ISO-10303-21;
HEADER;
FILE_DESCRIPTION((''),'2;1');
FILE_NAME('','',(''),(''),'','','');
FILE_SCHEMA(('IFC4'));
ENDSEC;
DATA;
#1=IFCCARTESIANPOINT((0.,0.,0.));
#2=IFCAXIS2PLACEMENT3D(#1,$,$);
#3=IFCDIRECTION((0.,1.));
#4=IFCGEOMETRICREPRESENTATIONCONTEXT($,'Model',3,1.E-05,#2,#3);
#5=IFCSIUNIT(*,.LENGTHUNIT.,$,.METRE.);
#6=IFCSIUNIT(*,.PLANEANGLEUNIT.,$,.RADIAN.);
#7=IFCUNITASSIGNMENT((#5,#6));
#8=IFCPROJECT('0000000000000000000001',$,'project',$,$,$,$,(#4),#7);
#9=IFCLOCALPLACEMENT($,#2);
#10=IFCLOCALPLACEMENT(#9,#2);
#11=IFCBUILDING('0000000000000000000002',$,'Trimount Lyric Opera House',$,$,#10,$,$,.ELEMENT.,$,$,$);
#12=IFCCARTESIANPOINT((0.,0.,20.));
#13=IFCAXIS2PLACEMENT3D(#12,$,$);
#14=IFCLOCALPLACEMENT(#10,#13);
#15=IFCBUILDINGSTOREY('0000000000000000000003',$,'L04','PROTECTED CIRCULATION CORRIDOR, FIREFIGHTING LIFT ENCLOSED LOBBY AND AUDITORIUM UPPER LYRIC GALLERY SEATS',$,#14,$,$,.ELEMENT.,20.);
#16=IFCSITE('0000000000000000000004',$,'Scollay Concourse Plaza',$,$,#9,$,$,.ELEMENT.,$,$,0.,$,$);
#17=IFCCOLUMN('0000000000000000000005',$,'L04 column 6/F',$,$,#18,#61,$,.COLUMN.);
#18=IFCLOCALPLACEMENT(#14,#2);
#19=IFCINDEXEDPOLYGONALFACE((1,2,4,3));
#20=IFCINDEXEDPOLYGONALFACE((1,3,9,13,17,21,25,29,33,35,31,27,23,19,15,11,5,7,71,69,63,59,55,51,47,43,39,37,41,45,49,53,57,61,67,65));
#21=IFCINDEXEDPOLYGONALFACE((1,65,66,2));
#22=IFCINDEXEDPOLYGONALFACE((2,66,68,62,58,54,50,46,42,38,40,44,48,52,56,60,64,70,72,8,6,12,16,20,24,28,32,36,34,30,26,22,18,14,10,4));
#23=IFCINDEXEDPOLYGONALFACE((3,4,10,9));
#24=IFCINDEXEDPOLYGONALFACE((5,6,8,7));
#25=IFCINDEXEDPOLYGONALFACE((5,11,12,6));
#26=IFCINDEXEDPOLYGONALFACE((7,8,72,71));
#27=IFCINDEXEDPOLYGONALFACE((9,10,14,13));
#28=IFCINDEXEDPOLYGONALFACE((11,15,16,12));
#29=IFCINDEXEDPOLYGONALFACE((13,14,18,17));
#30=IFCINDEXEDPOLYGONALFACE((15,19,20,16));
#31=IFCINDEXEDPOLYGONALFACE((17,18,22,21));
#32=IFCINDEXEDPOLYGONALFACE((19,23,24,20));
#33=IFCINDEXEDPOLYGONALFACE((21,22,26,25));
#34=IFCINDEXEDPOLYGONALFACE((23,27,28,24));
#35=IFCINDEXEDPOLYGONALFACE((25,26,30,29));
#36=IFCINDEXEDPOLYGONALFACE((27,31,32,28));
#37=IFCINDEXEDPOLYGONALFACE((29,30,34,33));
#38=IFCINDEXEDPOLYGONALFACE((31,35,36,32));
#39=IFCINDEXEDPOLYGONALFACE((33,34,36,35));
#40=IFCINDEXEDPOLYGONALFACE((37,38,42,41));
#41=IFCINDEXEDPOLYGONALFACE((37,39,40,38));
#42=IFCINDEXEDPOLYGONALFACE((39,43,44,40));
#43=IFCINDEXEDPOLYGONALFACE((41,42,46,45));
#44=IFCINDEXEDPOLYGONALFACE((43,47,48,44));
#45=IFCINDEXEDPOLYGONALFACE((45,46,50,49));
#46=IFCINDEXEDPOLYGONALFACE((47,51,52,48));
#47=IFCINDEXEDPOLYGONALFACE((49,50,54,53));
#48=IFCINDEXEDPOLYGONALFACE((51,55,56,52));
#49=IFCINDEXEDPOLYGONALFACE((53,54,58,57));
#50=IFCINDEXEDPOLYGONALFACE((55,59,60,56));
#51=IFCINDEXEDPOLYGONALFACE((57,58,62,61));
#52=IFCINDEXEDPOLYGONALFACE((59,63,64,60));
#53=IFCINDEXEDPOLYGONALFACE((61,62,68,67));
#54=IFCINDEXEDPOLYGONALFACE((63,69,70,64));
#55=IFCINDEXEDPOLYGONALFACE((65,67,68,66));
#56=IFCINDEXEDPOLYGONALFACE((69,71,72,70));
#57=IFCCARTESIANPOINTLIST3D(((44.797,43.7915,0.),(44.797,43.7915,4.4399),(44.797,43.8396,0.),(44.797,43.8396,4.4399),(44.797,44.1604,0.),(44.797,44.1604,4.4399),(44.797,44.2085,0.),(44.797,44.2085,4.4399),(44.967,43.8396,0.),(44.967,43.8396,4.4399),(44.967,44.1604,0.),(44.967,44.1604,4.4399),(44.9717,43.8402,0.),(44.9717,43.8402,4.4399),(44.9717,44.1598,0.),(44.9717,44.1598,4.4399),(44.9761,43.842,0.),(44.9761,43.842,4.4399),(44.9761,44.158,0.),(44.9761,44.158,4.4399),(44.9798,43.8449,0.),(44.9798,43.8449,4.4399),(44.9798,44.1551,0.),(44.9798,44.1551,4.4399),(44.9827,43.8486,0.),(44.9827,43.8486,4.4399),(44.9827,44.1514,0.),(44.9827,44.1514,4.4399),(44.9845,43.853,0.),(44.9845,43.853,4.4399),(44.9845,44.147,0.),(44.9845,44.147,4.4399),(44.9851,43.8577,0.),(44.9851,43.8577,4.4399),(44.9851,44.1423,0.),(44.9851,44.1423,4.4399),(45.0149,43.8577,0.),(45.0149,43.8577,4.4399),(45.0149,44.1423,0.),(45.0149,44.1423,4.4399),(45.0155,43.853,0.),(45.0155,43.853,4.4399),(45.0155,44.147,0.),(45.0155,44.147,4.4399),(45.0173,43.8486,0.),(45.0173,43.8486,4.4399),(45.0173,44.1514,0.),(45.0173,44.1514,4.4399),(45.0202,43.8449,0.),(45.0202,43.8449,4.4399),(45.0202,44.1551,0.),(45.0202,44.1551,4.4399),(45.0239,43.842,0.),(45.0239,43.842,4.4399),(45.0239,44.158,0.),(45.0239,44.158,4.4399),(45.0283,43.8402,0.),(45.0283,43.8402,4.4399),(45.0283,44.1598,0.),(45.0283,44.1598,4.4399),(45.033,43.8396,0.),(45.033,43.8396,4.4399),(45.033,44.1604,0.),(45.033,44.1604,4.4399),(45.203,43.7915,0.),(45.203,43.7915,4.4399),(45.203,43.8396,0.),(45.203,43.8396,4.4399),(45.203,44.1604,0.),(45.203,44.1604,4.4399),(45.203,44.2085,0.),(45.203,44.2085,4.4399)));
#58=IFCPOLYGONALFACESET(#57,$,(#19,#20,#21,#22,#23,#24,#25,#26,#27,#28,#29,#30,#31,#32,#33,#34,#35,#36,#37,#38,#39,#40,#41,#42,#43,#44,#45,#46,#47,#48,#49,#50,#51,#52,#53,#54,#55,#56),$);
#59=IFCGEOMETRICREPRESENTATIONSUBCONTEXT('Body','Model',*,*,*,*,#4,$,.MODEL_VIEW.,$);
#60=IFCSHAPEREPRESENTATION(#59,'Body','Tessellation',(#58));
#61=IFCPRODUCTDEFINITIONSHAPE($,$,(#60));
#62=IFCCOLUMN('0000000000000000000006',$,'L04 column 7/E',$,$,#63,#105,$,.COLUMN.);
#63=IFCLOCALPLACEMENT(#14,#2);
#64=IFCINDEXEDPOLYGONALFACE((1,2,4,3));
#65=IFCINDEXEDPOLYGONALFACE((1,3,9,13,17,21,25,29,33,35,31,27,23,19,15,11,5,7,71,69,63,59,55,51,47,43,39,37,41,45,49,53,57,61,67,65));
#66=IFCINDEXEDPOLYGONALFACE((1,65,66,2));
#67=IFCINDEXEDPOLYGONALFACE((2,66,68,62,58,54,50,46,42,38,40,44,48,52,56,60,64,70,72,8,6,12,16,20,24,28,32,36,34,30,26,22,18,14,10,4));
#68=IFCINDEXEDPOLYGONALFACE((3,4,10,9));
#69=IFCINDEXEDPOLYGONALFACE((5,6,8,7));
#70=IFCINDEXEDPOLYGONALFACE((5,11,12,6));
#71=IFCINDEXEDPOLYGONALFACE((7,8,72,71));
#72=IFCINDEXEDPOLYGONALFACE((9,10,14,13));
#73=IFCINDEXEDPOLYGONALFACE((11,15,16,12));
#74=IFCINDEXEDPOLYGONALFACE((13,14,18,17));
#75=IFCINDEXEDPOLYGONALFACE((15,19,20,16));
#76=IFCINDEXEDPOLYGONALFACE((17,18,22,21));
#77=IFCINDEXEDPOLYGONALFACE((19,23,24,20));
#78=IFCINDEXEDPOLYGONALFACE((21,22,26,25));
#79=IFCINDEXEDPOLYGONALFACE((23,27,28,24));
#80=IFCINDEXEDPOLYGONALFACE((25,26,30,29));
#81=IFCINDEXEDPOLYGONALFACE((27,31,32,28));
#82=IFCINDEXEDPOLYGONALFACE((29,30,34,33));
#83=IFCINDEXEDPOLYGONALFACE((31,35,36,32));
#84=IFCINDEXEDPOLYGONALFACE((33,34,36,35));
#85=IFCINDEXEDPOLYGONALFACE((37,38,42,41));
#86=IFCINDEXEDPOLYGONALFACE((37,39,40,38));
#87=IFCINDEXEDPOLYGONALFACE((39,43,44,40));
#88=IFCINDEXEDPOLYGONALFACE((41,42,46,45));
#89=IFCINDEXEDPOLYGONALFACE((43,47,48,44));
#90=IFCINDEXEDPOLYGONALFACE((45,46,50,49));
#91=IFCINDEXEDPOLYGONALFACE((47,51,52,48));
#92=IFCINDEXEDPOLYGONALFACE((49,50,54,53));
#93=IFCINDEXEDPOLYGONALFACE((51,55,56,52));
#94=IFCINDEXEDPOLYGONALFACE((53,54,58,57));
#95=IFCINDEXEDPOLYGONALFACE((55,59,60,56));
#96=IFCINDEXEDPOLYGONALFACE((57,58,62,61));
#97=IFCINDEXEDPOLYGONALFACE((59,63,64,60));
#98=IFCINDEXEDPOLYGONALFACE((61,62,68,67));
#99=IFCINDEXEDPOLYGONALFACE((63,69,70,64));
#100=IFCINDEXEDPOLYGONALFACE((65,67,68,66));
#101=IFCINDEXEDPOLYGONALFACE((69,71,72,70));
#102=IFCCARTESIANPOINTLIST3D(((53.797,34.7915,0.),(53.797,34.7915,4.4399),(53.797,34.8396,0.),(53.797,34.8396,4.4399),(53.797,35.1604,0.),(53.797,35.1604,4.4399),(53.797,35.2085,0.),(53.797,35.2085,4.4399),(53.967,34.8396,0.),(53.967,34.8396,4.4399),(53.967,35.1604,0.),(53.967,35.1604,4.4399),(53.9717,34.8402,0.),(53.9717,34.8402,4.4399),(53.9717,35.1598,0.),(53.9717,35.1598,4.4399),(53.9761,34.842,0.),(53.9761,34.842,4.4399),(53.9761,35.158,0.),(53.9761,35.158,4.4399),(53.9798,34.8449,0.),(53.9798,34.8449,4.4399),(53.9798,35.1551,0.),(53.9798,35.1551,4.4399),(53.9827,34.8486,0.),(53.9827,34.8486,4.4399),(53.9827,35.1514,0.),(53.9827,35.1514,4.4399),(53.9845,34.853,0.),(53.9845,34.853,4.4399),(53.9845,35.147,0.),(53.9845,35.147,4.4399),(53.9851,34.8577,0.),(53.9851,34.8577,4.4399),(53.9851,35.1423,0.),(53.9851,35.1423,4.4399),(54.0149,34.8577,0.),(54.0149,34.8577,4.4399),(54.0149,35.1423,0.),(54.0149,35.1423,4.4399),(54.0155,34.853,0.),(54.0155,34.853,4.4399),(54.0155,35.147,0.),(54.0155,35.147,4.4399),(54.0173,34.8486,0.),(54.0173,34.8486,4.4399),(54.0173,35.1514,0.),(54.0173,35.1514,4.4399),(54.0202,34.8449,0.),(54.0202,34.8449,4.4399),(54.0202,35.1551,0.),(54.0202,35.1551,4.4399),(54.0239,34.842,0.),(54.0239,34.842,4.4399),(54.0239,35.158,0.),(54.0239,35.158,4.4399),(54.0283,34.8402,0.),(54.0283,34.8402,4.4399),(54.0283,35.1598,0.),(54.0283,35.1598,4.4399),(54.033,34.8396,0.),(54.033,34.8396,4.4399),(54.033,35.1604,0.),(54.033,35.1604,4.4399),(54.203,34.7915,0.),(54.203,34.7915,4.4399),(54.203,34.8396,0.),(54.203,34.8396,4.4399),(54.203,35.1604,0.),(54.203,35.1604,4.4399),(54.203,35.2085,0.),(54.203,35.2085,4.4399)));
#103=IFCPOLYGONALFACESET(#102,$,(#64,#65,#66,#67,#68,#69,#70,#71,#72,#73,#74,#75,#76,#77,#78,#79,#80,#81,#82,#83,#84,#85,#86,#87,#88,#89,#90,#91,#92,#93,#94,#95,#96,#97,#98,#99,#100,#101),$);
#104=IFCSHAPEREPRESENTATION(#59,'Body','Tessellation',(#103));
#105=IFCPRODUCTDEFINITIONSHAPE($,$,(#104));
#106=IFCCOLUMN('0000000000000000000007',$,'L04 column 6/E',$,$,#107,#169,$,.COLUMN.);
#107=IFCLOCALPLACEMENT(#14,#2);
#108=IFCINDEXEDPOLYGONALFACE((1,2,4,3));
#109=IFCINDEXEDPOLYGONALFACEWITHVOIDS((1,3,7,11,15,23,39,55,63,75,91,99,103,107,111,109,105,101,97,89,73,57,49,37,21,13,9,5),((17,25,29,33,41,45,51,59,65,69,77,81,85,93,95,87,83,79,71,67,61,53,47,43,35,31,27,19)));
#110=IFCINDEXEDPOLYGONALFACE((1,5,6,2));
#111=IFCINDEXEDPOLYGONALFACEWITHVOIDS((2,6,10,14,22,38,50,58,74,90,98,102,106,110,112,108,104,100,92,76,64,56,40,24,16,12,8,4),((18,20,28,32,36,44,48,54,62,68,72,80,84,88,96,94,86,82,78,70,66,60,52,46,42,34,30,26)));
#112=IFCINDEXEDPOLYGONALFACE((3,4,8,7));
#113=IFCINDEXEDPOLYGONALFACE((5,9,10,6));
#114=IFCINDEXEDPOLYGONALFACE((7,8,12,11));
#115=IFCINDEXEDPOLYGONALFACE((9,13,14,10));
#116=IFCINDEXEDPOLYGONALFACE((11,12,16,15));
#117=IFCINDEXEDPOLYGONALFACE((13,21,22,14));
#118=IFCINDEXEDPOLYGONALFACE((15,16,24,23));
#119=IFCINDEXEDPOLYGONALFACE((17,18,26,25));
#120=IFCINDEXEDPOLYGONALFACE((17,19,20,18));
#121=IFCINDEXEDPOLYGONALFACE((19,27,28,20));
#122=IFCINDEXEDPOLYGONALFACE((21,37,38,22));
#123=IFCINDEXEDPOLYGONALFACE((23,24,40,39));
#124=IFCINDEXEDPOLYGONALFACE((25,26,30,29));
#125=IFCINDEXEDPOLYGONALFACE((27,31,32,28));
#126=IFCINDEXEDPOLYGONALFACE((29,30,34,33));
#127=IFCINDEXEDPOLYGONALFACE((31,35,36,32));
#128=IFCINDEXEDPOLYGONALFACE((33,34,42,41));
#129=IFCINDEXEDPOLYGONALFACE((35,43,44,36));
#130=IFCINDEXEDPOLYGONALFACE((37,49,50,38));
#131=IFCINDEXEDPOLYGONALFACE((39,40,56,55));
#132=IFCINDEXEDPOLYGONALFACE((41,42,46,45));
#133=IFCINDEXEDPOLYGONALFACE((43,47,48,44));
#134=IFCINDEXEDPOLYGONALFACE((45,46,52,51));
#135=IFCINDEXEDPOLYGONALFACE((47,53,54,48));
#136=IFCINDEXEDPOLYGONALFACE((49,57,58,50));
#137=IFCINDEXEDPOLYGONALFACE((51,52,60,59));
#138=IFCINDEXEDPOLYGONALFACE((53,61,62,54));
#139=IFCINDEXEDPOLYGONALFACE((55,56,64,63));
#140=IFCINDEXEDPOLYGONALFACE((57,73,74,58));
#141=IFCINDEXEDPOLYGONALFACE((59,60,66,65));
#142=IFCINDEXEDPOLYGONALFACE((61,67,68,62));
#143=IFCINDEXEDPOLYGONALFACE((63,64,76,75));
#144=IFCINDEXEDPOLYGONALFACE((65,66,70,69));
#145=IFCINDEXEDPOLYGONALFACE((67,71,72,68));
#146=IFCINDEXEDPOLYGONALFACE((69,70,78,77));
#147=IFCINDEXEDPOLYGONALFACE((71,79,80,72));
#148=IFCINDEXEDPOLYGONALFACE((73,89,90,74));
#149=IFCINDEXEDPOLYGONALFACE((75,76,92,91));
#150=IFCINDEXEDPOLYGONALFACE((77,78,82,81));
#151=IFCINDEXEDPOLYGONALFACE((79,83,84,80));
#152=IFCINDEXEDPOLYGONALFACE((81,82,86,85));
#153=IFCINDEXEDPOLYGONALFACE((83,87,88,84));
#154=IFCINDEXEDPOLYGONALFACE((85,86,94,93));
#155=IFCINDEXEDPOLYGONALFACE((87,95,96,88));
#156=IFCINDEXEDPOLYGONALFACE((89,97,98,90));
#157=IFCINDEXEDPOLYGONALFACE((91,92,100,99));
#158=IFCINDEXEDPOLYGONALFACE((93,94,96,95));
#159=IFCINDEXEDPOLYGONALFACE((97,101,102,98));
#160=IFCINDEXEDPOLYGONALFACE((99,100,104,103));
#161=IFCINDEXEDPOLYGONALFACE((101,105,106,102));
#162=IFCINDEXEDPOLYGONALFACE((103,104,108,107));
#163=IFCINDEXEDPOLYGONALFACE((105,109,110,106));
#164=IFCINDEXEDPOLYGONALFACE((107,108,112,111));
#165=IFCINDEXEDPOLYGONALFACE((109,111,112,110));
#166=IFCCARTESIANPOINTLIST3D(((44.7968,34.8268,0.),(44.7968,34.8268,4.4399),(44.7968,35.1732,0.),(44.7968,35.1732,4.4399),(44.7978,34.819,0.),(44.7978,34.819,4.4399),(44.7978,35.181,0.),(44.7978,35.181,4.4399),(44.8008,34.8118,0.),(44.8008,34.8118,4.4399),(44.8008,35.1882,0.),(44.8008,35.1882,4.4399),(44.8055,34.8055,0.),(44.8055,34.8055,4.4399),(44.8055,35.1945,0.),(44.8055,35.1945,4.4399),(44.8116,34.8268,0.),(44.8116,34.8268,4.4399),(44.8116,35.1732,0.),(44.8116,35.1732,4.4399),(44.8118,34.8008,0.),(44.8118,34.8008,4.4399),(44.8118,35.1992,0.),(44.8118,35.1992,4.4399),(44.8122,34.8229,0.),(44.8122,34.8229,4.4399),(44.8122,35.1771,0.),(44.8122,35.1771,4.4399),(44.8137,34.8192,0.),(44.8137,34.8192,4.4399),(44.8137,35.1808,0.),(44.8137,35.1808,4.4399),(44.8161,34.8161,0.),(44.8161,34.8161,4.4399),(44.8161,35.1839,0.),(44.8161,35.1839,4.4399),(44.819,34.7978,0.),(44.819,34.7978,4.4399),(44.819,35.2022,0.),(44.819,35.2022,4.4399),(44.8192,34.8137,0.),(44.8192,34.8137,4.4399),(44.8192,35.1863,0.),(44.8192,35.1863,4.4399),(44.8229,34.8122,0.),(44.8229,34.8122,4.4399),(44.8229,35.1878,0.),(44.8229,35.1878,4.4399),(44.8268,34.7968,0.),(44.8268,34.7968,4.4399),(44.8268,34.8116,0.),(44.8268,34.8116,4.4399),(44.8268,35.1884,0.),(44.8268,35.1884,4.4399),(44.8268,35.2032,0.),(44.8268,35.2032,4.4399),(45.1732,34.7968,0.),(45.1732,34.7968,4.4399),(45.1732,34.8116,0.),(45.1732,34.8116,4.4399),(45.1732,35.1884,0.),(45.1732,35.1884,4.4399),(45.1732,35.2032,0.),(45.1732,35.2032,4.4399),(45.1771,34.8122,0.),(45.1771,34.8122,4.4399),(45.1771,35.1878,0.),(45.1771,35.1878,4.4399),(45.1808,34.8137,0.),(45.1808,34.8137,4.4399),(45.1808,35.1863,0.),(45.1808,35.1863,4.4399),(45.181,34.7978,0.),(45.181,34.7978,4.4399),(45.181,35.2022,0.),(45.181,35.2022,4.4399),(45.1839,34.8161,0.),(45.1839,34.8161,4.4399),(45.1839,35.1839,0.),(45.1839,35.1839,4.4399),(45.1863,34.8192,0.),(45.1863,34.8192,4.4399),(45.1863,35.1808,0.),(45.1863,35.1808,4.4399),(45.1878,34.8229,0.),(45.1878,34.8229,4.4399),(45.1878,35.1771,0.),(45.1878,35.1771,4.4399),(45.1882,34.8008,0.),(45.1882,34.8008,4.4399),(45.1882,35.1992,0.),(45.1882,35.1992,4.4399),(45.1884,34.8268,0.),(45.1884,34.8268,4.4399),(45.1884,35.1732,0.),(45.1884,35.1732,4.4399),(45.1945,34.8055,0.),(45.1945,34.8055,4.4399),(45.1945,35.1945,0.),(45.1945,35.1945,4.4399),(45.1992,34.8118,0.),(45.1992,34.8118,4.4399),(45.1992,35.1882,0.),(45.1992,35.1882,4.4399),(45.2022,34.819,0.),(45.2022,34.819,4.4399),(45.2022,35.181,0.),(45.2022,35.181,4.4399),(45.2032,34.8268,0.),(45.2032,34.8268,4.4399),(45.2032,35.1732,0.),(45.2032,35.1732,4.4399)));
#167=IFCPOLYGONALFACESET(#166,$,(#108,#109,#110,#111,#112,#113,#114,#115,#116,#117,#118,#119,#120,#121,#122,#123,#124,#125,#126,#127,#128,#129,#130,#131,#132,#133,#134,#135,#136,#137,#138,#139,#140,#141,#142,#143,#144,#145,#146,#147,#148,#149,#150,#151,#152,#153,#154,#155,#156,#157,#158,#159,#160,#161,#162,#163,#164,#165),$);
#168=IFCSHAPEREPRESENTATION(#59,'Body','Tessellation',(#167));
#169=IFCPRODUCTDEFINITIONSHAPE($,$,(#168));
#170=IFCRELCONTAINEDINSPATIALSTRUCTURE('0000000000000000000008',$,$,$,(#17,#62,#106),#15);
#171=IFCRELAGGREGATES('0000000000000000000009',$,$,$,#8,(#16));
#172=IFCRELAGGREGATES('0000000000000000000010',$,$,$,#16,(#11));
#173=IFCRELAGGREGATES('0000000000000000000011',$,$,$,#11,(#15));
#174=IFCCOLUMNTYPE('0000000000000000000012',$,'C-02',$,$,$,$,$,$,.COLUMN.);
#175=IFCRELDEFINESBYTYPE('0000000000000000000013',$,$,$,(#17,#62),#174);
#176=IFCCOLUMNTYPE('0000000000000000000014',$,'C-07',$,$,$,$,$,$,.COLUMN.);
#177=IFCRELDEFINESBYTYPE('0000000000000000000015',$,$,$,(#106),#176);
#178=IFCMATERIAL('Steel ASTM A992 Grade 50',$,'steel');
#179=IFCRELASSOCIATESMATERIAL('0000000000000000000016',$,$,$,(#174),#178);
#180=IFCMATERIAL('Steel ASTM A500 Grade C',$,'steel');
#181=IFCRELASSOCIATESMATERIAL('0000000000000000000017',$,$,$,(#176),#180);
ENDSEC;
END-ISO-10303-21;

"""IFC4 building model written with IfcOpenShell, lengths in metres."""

from ifc_helpers import new_model, si_unit, direction, frame, origin, origin_2d, place, context, subcontext, project, spatial, hollow_rectangle, i_section, extrude, material, material_profile, profile_set, type_object, element, save


model = new_model("IFC4")

# Units and contexts
model_context = context("Model", 3, precision=1e-05, world=origin(), true_north=direction((0.0, 1.0)))
body_context = subcontext(model_context, "Body", "Model", "MODEL_VIEW")
ifc_project = project(units=[si_unit("LENGTHUNIT", "METRE"), si_unit("PLANEANGLEUNIT", "RADIAN")], contexts=[model_context])

# Site, building, storey
site_placement = place(None, origin())
site = spatial("IfcSite", under=ifc_project, at=site_placement, Name="Scollay Concourse Plaza", CompositionType="ELEMENT", RefElevation=0.0)
building_placement = place(site_placement, origin())
building = spatial("IfcBuilding", under=site, at=building_placement, Name="Trimount Lyric Opera House", CompositionType="ELEMENT")
storey_placement = place(building_placement, frame((0.0, 0.0, 20.0)))
storey = spatial("IfcBuildingStorey", under=building, at=storey_placement, Name="L04", Description="PROTECTED CIRCULATION CORRIDOR, FIREFIGHTING LIFT ENCLOSED LOBBY AND AUDITORIUM UPPER LYRIC GALLERY SEATS", CompositionType="ELEMENT", Elevation=20.0)

# Columns
ifc_material_1 = material(Name="Steel ASTM A992 Grade 50", Category="steel")
ifc_material_profile_1 = material_profile(ifc_material_1, i_section(OverallWidth=0.406, OverallDepth=0.417, WebThickness=0.0298, FlangeThickness=0.0481, FilletRadius=0.0181, at=origin_2d()), Name="W14X257")
ifc_profile_set_1 = profile_set([ifc_material_profile_1], Name="Steel ASTM A992 Grade 50")
column_type_1 = type_object("IfcColumnType", Name="C-02", PredefinedType="COLUMN", material=ifc_profile_set_1)
for number, where, z_axis, x_axis, name in (
    (1, (45.0, 44.0, 0.0), (0.0, 0.0, 1.0), (1.0, 0.0, 0.0), "L04 column 6/F"),
    (2, (54.0, 35.0, 0.0), (0.0, 0.0, 1.0), (1.0, 0.0, 0.0), "L04 column 7/E"),
):
    element("IfcColumn", number, at=place(storey_placement, frame(where, z_axis=z_axis, x_axis=x_axis)), inside=storey, type_object=column_type_1, Name=name, PredefinedType="COLUMN", context=body_context, shape_type="SweptSolid", body=[
        extrude(i_section(OverallWidth=0.406, OverallDepth=0.417, WebThickness=0.0298, FlangeThickness=0.0481, FilletRadius=0.0181, at=origin_2d()), origin(), (0.0, 0.0, 1.0), 4.4399),
    ])
ifc_material_2 = material(Name="Steel ASTM A500 Grade C", Category="steel")
ifc_material_profile_2 = material_profile(ifc_material_2, hollow_rectangle(XDim=0.4065, YDim=0.4065, WallThickness=0.0149, InnerFilletRadius=0.0151, OuterFilletRadius=0.03, at=origin_2d()), Name="HSS406.4X406.4X15.9")
ifc_profile_set_2 = profile_set([ifc_material_profile_2], Name="Steel ASTM A500 Grade C")
column_type_2 = type_object("IfcColumnType", Name="C-07", PredefinedType="COLUMN", material=ifc_profile_set_2)
for number, where, z_axis, x_axis, name in (
    (3, (45.0, 35.0, 0.0), (0.0, 0.0, 1.0), (1.0, 0.0, 0.0), "L04 column 6/E"),
):
    element("IfcColumn", number, at=place(storey_placement, frame(where, z_axis=z_axis, x_axis=x_axis)), inside=storey, type_object=column_type_2, Name=name, PredefinedType="COLUMN", context=body_context, shape_type="SweptSolid", body=[
        extrude(hollow_rectangle(XDim=0.4065, YDim=0.4065, WallThickness=0.0149, InnerFilletRadius=0.0151, OuterFilletRadius=0.03, at=origin_2d()), origin(), (0.0, 0.0, 1.0), 4.4399),
    ])

save(model, "model.ifc")
